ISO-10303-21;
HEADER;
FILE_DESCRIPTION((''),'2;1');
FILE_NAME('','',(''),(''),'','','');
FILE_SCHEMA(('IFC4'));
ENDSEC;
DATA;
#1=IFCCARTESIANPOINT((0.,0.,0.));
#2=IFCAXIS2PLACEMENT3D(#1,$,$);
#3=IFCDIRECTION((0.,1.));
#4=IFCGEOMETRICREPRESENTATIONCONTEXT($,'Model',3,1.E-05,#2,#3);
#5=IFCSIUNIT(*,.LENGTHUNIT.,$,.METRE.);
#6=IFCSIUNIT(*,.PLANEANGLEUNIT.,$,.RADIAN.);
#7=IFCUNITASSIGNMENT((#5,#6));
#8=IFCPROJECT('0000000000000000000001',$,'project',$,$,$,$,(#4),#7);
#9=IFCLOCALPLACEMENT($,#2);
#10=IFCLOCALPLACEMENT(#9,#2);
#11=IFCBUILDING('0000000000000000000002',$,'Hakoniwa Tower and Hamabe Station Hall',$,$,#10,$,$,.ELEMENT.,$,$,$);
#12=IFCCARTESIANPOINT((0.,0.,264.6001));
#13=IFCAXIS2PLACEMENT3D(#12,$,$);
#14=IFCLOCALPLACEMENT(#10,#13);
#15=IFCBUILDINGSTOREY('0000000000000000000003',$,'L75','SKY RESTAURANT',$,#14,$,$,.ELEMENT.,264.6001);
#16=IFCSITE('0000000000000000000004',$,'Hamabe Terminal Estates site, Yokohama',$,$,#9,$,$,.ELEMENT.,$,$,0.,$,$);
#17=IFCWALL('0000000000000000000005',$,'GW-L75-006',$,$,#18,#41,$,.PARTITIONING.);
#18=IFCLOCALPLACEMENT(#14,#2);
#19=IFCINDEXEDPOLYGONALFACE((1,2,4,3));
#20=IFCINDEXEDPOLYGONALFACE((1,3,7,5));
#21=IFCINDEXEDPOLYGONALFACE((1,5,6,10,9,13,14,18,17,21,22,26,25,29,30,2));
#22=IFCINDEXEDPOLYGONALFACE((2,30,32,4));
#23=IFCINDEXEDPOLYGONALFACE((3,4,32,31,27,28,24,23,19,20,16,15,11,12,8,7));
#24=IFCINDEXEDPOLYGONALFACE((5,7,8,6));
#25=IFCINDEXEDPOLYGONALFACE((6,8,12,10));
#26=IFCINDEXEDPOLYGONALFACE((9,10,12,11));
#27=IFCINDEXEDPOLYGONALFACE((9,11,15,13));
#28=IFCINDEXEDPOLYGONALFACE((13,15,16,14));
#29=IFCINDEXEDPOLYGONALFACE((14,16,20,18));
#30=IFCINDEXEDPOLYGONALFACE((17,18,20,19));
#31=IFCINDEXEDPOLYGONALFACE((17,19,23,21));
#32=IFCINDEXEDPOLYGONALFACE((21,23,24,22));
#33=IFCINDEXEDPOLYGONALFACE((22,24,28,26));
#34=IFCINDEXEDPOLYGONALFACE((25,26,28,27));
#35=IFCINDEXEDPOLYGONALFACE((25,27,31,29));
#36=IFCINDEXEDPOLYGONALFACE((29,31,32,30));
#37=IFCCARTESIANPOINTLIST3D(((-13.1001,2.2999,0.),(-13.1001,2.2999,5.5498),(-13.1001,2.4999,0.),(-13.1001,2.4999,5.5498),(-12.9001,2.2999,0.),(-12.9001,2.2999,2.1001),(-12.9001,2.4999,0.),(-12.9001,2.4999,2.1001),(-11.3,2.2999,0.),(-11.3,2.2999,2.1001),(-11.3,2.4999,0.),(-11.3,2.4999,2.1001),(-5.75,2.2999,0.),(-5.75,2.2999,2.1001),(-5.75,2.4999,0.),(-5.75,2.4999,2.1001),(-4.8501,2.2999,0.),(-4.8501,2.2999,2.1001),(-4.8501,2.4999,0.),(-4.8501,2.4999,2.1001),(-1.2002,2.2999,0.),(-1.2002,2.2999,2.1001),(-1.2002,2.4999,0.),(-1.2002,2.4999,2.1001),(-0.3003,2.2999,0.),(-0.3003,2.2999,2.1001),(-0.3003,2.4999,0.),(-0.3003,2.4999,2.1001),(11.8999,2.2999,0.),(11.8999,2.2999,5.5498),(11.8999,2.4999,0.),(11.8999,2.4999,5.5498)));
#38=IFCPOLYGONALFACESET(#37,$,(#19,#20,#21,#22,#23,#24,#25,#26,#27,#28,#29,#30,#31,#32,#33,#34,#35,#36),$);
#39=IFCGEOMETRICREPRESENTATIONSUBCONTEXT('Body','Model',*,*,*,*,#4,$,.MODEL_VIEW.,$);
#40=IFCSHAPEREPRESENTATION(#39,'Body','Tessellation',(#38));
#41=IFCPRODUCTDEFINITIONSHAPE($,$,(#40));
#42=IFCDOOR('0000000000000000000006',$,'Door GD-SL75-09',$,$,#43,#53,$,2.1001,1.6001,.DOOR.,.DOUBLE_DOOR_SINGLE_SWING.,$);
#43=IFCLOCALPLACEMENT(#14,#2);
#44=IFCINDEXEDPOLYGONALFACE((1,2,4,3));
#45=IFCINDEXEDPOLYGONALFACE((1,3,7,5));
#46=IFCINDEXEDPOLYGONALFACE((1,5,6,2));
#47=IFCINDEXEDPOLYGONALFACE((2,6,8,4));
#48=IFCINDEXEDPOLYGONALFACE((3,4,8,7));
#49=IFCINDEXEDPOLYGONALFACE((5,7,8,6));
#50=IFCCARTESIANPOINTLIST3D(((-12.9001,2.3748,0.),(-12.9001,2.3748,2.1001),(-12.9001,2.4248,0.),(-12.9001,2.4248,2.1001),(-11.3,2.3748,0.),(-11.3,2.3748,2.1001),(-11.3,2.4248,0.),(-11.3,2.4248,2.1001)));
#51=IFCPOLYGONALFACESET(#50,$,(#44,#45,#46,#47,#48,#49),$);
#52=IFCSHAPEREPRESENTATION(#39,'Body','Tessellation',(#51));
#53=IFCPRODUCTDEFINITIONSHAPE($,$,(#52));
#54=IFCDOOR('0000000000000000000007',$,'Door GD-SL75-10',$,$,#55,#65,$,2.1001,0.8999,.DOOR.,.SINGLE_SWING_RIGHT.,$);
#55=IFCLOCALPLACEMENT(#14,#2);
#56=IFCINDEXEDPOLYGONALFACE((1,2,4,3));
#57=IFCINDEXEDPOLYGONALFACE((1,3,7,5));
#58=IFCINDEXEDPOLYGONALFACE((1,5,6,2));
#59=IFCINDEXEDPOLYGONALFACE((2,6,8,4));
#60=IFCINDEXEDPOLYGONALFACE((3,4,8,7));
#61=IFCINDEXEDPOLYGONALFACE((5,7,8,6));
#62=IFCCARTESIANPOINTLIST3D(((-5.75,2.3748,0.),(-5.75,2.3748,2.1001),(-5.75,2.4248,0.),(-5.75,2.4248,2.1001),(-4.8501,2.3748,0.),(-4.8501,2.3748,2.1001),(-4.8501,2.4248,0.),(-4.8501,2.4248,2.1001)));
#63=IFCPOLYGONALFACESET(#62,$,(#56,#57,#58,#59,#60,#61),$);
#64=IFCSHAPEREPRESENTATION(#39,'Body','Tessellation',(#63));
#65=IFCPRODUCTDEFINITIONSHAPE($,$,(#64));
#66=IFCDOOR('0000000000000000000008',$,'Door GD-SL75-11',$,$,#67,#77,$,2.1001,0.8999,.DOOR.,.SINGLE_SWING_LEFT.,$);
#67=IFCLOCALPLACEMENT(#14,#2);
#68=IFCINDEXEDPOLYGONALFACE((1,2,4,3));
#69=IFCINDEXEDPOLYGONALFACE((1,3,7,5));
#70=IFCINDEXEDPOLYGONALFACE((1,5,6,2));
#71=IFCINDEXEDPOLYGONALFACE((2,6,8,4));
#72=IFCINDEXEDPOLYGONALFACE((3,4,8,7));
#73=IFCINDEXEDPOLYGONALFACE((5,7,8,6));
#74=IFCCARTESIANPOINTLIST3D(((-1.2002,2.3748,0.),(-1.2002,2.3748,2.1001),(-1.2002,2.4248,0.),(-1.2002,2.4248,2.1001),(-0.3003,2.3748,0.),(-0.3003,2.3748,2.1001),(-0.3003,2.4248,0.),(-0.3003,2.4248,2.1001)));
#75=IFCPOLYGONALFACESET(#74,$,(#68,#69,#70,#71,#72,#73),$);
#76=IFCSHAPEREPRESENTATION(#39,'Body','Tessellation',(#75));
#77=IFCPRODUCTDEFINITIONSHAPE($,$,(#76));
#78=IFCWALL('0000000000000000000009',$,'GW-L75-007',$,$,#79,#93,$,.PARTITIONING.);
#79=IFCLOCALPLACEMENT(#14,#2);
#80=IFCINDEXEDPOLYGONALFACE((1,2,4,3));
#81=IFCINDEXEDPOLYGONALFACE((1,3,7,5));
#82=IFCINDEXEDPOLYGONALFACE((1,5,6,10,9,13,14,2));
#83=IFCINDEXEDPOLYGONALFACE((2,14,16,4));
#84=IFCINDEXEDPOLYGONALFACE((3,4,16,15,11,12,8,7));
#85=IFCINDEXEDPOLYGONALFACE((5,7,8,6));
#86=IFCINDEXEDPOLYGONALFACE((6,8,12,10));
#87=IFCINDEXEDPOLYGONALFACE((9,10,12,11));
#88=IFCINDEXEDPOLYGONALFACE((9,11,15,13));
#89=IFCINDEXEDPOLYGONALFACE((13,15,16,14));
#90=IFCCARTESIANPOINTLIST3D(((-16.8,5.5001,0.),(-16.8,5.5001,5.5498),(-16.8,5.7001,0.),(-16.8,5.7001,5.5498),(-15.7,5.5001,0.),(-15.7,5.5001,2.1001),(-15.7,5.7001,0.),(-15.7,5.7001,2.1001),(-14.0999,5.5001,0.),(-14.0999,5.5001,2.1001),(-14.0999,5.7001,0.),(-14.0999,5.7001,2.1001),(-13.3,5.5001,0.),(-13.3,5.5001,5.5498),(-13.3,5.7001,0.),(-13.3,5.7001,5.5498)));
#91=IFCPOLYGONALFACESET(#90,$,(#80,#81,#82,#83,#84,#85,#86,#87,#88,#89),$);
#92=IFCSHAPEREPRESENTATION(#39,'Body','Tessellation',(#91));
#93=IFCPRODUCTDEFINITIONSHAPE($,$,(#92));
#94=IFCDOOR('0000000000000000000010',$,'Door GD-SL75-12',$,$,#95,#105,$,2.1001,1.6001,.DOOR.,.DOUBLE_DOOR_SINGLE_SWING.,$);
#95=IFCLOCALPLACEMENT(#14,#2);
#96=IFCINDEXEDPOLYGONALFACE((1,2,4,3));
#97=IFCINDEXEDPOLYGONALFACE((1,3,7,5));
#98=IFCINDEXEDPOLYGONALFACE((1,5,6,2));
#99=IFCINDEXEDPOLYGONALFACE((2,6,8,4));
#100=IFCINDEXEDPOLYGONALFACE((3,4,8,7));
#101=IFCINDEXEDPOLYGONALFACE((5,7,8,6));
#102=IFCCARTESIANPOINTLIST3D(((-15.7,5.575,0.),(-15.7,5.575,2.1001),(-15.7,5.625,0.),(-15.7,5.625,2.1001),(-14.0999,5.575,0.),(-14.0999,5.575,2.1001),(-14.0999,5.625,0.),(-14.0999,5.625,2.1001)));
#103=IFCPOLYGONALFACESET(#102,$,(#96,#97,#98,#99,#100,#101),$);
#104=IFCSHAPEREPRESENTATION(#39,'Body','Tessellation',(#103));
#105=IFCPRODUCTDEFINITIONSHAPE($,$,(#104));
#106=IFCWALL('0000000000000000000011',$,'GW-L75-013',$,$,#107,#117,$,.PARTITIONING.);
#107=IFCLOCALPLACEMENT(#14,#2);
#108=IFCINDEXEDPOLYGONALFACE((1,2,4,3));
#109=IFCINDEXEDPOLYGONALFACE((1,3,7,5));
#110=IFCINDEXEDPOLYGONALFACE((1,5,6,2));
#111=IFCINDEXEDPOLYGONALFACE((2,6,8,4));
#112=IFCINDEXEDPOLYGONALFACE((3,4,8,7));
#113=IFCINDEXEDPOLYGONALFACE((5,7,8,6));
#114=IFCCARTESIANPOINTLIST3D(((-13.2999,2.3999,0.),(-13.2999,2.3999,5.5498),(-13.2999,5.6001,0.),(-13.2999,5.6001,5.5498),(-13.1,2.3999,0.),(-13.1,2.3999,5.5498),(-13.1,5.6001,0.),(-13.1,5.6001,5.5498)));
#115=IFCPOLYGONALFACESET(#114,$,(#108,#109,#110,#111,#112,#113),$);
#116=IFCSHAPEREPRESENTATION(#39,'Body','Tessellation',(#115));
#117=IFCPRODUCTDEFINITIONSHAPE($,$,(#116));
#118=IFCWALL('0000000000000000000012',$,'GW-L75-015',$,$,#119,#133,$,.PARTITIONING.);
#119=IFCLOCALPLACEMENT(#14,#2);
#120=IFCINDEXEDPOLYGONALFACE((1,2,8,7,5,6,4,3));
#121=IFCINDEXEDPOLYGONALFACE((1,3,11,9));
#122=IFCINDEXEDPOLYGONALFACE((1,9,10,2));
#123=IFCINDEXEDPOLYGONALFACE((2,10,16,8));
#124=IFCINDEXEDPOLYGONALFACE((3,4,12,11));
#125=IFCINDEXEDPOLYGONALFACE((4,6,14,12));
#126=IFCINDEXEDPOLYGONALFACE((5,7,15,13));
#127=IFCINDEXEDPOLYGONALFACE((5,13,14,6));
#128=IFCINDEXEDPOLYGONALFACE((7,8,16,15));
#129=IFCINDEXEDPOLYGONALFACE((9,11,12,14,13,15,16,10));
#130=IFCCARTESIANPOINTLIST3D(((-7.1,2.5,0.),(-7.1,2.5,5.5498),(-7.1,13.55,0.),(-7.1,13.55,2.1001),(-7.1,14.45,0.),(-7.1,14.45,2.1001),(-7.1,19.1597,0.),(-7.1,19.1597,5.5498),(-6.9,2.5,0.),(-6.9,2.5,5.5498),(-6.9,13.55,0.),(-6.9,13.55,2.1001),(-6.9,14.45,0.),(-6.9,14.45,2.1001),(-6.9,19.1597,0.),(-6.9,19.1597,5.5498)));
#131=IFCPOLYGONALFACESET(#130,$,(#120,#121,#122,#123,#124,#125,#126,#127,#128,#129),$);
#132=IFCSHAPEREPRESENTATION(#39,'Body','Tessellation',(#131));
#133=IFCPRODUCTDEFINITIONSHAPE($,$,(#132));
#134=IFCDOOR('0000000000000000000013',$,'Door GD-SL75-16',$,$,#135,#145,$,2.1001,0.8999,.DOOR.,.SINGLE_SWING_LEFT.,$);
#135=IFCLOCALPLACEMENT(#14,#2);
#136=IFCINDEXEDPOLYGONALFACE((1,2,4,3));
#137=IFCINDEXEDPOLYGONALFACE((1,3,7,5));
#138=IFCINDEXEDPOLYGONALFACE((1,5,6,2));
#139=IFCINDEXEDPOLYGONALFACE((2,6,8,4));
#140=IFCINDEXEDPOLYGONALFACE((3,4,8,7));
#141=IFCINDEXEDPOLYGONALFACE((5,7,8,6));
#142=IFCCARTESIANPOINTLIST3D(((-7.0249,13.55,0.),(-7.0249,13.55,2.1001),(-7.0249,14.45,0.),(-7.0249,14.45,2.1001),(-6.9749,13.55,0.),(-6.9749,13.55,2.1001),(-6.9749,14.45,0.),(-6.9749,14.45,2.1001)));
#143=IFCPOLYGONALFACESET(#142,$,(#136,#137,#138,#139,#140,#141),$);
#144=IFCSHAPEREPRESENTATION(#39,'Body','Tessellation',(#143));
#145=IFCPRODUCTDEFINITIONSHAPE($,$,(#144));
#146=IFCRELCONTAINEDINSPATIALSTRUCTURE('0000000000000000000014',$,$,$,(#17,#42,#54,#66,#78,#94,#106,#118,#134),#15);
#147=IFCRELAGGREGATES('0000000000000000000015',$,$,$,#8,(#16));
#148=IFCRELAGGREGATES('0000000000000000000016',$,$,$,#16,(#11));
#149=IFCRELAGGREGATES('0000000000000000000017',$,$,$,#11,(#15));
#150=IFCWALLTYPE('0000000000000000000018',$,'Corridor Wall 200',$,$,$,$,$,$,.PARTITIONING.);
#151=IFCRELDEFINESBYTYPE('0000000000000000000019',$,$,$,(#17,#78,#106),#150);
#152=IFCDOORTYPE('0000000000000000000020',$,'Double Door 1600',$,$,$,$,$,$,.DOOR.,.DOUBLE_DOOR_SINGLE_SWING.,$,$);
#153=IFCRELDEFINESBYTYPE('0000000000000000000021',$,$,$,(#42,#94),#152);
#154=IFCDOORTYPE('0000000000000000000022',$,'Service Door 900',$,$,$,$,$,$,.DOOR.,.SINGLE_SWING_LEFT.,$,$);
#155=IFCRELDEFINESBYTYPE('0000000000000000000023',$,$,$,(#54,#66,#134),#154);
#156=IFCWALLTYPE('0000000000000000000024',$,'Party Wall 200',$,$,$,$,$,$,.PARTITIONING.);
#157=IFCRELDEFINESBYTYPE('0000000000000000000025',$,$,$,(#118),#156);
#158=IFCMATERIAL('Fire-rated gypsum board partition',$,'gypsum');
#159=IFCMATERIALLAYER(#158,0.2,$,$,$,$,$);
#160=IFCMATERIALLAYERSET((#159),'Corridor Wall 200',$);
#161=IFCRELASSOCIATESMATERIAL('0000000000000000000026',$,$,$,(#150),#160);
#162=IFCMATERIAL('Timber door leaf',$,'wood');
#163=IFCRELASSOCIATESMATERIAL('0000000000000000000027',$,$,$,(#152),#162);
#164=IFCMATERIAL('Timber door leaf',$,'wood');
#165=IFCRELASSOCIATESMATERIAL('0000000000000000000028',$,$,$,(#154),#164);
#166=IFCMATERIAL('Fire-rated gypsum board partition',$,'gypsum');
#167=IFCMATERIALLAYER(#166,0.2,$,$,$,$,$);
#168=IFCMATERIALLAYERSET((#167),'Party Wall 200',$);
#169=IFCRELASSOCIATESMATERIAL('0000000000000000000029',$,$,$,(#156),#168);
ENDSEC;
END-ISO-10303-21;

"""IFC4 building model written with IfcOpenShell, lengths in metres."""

from ifc_helpers import new_model, si_unit, direction, frame, frame_2d, origin, place, context, subcontext, project, spatial, rectangle, extrude, material, layer, layer_set, type_object, element, fill, save


model = new_model("IFC4")

# Units and contexts
model_context = context("Model", 3, precision=1e-05, world=origin(), true_north=direction((0.0, 1.0)))
body_context = subcontext(model_context, "Body", "Model", "MODEL_VIEW")
ifc_project = project(units=[si_unit("LENGTHUNIT", "METRE"), si_unit("PLANEANGLEUNIT", "RADIAN")], contexts=[model_context])

# Site, building, storey
site_placement = place(None, origin())
site = spatial("IfcSite", under=ifc_project, at=site_placement, Name="Hamabe Terminal Estates site, Yokohama", CompositionType="ELEMENT", RefElevation=0.0)
building_placement = place(site_placement, origin())
building = spatial("IfcBuilding", under=site, at=building_placement, Name="Hakoniwa Tower and Hamabe Station Hall", CompositionType="ELEMENT")
storey_placement = place(building_placement, frame((0.0, 0.0, 264.6001)))
storey = spatial("IfcBuildingStorey", under=building, at=storey_placement, Name="L75", Description="SKY RESTAURANT", CompositionType="ELEMENT", Elevation=264.6001)

# Wall, openings, doors
ifc_material_1 = material(Name="Fire-rated gypsum board partition", Category="gypsum")
ifc_layer_1 = layer(ifc_material_1, 0.2)
ifc_layer_set_1 = layer_set([ifc_layer_1], Name="Corridor Wall 200")
wall_type_1 = type_object("IfcWallType", Name="Corridor Wall 200", PredefinedType="PARTITIONING", material=ifc_layer_set_1)
wall_1_placement = place(storey_placement, frame((-13.1001, 2.3999, 0.0), z_axis=(0.0, 0.0, 1.0), x_axis=(1.0, 0.0, 0.0)))
wall_1 = element("IfcWall", 1, at=wall_1_placement, inside=storey, type_object=wall_type_1, Name="GW-L75-006", PredefinedType="PARTITIONING", context=body_context, shape_type="SweptSolid", body=[
    extrude(rectangle(XDim=25.0, YDim=0.2, at=frame_2d((12.5, 0.0))), origin(), (0.0, 0.0, 1.0), 5.5498),
])
opening_1_placement = place(wall_1_placement, frame((0.2, 0.0, 0.0)))
opening_1 = element("IfcOpeningElement", 2, at=opening_1_placement, cuts=wall_1, PredefinedType="OPENING", context=body_context, shape_type="SweptSolid", body=[
    extrude(rectangle(XDim=1.6001, YDim=2.1001, at=frame_2d((0.8, 1.05))), frame((0.0, 0.1099, 0.0), z_axis=(0.0, -1.0, 0.0), x_axis=(1.0, 0.0, 0.0)), (0.0, 0.0, 1.0), 0.22),
])
opening_2_placement = place(wall_1_placement, frame((7.3501, 0.0, 0.0)))
opening_2 = element("IfcOpeningElement", 3, at=opening_2_placement, cuts=wall_1, PredefinedType="OPENING", context=body_context, shape_type="SweptSolid", body=[
    extrude(rectangle(XDim=0.8999, YDim=2.1001, at=frame_2d((0.45, 1.05))), frame((0.0, 0.1099, 0.0), z_axis=(0.0, -1.0, 0.0), x_axis=(1.0, 0.0, 0.0)), (0.0, 0.0, 1.0), 0.22),
])
opening_3_placement = place(wall_1_placement, frame((11.8999, 0.0, 0.0)))
opening_3 = element("IfcOpeningElement", 4, at=opening_3_placement, cuts=wall_1, PredefinedType="OPENING", context=body_context, shape_type="SweptSolid", body=[
    extrude(rectangle(XDim=0.8999, YDim=2.1001, at=frame_2d((0.45, 1.05))), frame((0.0, 0.1099, 0.0), z_axis=(0.0, -1.0, 0.0), x_axis=(1.0, 0.0, 0.0)), (0.0, 0.0, 1.0), 0.22),
])
ifc_material_2 = material(Name="Timber door leaf", Category="wood")
door_type_1 = type_object("IfcDoorType", Name="Double Door 1600", OperationType="DOUBLE_DOOR_SINGLE_SWING", PredefinedType="DOOR", material=ifc_material_2)
door_1_placement = place(opening_1_placement, origin())
door_1 = element("IfcDoor", 5, at=door_1_placement, inside=storey, type_object=door_type_1, Name="Door GD-SL75-09", OperationType="DOUBLE_DOOR_SINGLE_SWING", OverallHeight=2.1001, OverallWidth=1.6001, PredefinedType="DOOR", context=body_context, shape_type="SweptSolid", body=[
    extrude(rectangle(XDim=1.6001, YDim=2.1001, at=frame_2d((0.8, 1.05))), frame((0.0, 0.0249, 0.0), z_axis=(0.0, -1.0, 0.0), x_axis=(1.0, 0.0, 0.0)), (0.0, 0.0, 1.0), 0.05),
])
fill(opening_1, door_1)
ifc_material_3 = material(Name="Timber door leaf", Category="wood")
door_type_2 = type_object("IfcDoorType", Name="Service Door 900", OperationType="SINGLE_SWING_LEFT", PredefinedType="DOOR", material=ifc_material_3)
door_2_placement = place(opening_2_placement, origin())
door_2 = element("IfcDoor", 6, at=door_2_placement, inside=storey, type_object=door_type_2, Name="Door GD-SL75-10", OperationType="SINGLE_SWING_RIGHT", OverallHeight=2.1001, OverallWidth=0.8999, PredefinedType="DOOR", context=body_context, shape_type="SweptSolid", body=[
    extrude(rectangle(XDim=0.8999, YDim=2.1001, at=frame_2d((0.45, 1.05))), frame((0.0, 0.0249, 0.0), z_axis=(0.0, -1.0, 0.0), x_axis=(1.0, 0.0, 0.0)), (0.0, 0.0, 1.0), 0.05),
])
fill(opening_2, door_2)
door_3_placement = place(opening_3_placement, origin())
door_3 = element("IfcDoor", 7, at=door_3_placement, inside=storey, type_object=door_type_2, Name="Door GD-SL75-11", OperationType="SINGLE_SWING_LEFT", OverallHeight=2.1001, OverallWidth=0.8999, PredefinedType="DOOR", context=body_context, shape_type="SweptSolid", body=[
    extrude(rectangle(XDim=0.8999, YDim=2.1001, at=frame_2d((0.45, 1.05))), frame((0.0, 0.0249, 0.0), z_axis=(0.0, -1.0, 0.0), x_axis=(1.0, 0.0, 0.0)), (0.0, 0.0, 1.0), 0.05),
])
fill(opening_3, door_3)

# Wall, opening, door
wall_2_placement = place(storey_placement, frame((-16.8, 5.6001, 0.0), z_axis=(0.0, 0.0, 1.0), x_axis=(1.0, 0.0, 0.0)))
wall_2 = element("IfcWall", 8, at=wall_2_placement, inside=storey, type_object=wall_type_1, Name="GW-L75-007", PredefinedType="PARTITIONING", context=body_context, shape_type="SweptSolid", body=[
    extrude(rectangle(XDim=3.5, YDim=0.2, at=frame_2d((1.75, 0.0))), origin(), (0.0, 0.0, 1.0), 5.5498),
])
opening_4_placement = place(wall_2_placement, frame((1.1001, 0.0, 0.0)))
opening_4 = element("IfcOpeningElement", 9, at=opening_4_placement, cuts=wall_2, PredefinedType="OPENING", context=body_context, shape_type="SweptSolid", body=[
    extrude(rectangle(XDim=1.6001, YDim=2.1001, at=frame_2d((0.8, 1.05))), frame((0.0, 0.1099, 0.0), z_axis=(0.0, -1.0, 0.0), x_axis=(1.0, 0.0, 0.0)), (0.0, 0.0, 1.0), 0.22),
])
door_4_placement = place(opening_4_placement, origin())
door_4 = element("IfcDoor", 10, at=door_4_placement, inside=storey, type_object=door_type_1, Name="Door GD-SL75-12", OperationType="DOUBLE_DOOR_SINGLE_SWING", OverallHeight=2.1001, OverallWidth=1.6001, PredefinedType="DOOR", context=body_context, shape_type="SweptSolid", body=[
    extrude(rectangle(XDim=1.6001, YDim=2.1001, at=frame_2d((0.8, 1.05))), frame((0.0, 0.0249, 0.0), z_axis=(0.0, -1.0, 0.0), x_axis=(1.0, 0.0, 0.0)), (0.0, 0.0, 1.0), 0.05),
])
fill(opening_4, door_4)

# Wall
wall_3_placement = place(storey_placement, frame((-13.2, 2.3999, 0.0), z_axis=(0.0, 0.0, 1.0), x_axis=(0.0, 1.0, 0.0)))
element("IfcWall", 11, at=wall_3_placement, inside=storey, type_object=wall_type_1, Name="GW-L75-013", PredefinedType="PARTITIONING", context=body_context, shape_type="SweptSolid", body=[
    extrude(rectangle(XDim=3.2002, YDim=0.2, at=frame_2d((1.6001, 0.0))), origin(), (0.0, 0.0, 1.0), 5.5498),
])

# Wall, opening, door
ifc_material_4 = material(Name="Fire-rated gypsum board partition", Category="gypsum")
ifc_layer_2 = layer(ifc_material_4, 0.2)
ifc_layer_set_2 = layer_set([ifc_layer_2], Name="Party Wall 200")
wall_type_2 = type_object("IfcWallType", Name="Party Wall 200", PredefinedType="PARTITIONING", material=ifc_layer_set_2)
wall_4_placement = place(storey_placement, frame((-7.0, 2.5, 0.0), z_axis=(0.0, 0.0, 1.0), x_axis=(0.0, 1.0, 0.0)))
wall_4 = element("IfcWall", 12, at=wall_4_placement, inside=storey, type_object=wall_type_2, Name="GW-L75-015", PredefinedType="PARTITIONING", context=body_context, shape_type="SweptSolid", body=[
    extrude(rectangle(XDim=16.6597, YDim=0.2, at=frame_2d((8.3298, 0.0))), origin(), (0.0, 0.0, 1.0), 5.5498),
])
opening_5_placement = place(wall_4_placement, frame((11.05, 0.0, 0.0)))
opening_5 = element("IfcOpeningElement", 13, at=opening_5_placement, cuts=wall_4, PredefinedType="OPENING", context=body_context, shape_type="SweptSolid", body=[
    extrude(rectangle(XDim=0.8999, YDim=2.1001, at=frame_2d((0.45, 1.05))), frame((0.0, 0.1099, 0.0), z_axis=(0.0, -1.0, 0.0), x_axis=(1.0, 0.0, 0.0)), (0.0, 0.0, 1.0), 0.22),
])
door_5_placement = place(opening_5_placement, origin())
door_5 = element("IfcDoor", 14, at=door_5_placement, inside=storey, type_object=door_type_2, Name="Door GD-SL75-16", OperationType="SINGLE_SWING_LEFT", OverallHeight=2.1001, OverallWidth=0.8999, PredefinedType="DOOR", context=body_context, shape_type="SweptSolid", body=[
    extrude(rectangle(XDim=0.8999, YDim=2.1001, at=frame_2d((0.45, 1.05))), frame((0.0, 0.0249, 0.0), z_axis=(0.0, -1.0, 0.0), x_axis=(1.0, 0.0, 0.0)), (0.0, 0.0, 1.0), 0.05),
])
fill(opening_5, door_5)

save(model, "model.ifc")
